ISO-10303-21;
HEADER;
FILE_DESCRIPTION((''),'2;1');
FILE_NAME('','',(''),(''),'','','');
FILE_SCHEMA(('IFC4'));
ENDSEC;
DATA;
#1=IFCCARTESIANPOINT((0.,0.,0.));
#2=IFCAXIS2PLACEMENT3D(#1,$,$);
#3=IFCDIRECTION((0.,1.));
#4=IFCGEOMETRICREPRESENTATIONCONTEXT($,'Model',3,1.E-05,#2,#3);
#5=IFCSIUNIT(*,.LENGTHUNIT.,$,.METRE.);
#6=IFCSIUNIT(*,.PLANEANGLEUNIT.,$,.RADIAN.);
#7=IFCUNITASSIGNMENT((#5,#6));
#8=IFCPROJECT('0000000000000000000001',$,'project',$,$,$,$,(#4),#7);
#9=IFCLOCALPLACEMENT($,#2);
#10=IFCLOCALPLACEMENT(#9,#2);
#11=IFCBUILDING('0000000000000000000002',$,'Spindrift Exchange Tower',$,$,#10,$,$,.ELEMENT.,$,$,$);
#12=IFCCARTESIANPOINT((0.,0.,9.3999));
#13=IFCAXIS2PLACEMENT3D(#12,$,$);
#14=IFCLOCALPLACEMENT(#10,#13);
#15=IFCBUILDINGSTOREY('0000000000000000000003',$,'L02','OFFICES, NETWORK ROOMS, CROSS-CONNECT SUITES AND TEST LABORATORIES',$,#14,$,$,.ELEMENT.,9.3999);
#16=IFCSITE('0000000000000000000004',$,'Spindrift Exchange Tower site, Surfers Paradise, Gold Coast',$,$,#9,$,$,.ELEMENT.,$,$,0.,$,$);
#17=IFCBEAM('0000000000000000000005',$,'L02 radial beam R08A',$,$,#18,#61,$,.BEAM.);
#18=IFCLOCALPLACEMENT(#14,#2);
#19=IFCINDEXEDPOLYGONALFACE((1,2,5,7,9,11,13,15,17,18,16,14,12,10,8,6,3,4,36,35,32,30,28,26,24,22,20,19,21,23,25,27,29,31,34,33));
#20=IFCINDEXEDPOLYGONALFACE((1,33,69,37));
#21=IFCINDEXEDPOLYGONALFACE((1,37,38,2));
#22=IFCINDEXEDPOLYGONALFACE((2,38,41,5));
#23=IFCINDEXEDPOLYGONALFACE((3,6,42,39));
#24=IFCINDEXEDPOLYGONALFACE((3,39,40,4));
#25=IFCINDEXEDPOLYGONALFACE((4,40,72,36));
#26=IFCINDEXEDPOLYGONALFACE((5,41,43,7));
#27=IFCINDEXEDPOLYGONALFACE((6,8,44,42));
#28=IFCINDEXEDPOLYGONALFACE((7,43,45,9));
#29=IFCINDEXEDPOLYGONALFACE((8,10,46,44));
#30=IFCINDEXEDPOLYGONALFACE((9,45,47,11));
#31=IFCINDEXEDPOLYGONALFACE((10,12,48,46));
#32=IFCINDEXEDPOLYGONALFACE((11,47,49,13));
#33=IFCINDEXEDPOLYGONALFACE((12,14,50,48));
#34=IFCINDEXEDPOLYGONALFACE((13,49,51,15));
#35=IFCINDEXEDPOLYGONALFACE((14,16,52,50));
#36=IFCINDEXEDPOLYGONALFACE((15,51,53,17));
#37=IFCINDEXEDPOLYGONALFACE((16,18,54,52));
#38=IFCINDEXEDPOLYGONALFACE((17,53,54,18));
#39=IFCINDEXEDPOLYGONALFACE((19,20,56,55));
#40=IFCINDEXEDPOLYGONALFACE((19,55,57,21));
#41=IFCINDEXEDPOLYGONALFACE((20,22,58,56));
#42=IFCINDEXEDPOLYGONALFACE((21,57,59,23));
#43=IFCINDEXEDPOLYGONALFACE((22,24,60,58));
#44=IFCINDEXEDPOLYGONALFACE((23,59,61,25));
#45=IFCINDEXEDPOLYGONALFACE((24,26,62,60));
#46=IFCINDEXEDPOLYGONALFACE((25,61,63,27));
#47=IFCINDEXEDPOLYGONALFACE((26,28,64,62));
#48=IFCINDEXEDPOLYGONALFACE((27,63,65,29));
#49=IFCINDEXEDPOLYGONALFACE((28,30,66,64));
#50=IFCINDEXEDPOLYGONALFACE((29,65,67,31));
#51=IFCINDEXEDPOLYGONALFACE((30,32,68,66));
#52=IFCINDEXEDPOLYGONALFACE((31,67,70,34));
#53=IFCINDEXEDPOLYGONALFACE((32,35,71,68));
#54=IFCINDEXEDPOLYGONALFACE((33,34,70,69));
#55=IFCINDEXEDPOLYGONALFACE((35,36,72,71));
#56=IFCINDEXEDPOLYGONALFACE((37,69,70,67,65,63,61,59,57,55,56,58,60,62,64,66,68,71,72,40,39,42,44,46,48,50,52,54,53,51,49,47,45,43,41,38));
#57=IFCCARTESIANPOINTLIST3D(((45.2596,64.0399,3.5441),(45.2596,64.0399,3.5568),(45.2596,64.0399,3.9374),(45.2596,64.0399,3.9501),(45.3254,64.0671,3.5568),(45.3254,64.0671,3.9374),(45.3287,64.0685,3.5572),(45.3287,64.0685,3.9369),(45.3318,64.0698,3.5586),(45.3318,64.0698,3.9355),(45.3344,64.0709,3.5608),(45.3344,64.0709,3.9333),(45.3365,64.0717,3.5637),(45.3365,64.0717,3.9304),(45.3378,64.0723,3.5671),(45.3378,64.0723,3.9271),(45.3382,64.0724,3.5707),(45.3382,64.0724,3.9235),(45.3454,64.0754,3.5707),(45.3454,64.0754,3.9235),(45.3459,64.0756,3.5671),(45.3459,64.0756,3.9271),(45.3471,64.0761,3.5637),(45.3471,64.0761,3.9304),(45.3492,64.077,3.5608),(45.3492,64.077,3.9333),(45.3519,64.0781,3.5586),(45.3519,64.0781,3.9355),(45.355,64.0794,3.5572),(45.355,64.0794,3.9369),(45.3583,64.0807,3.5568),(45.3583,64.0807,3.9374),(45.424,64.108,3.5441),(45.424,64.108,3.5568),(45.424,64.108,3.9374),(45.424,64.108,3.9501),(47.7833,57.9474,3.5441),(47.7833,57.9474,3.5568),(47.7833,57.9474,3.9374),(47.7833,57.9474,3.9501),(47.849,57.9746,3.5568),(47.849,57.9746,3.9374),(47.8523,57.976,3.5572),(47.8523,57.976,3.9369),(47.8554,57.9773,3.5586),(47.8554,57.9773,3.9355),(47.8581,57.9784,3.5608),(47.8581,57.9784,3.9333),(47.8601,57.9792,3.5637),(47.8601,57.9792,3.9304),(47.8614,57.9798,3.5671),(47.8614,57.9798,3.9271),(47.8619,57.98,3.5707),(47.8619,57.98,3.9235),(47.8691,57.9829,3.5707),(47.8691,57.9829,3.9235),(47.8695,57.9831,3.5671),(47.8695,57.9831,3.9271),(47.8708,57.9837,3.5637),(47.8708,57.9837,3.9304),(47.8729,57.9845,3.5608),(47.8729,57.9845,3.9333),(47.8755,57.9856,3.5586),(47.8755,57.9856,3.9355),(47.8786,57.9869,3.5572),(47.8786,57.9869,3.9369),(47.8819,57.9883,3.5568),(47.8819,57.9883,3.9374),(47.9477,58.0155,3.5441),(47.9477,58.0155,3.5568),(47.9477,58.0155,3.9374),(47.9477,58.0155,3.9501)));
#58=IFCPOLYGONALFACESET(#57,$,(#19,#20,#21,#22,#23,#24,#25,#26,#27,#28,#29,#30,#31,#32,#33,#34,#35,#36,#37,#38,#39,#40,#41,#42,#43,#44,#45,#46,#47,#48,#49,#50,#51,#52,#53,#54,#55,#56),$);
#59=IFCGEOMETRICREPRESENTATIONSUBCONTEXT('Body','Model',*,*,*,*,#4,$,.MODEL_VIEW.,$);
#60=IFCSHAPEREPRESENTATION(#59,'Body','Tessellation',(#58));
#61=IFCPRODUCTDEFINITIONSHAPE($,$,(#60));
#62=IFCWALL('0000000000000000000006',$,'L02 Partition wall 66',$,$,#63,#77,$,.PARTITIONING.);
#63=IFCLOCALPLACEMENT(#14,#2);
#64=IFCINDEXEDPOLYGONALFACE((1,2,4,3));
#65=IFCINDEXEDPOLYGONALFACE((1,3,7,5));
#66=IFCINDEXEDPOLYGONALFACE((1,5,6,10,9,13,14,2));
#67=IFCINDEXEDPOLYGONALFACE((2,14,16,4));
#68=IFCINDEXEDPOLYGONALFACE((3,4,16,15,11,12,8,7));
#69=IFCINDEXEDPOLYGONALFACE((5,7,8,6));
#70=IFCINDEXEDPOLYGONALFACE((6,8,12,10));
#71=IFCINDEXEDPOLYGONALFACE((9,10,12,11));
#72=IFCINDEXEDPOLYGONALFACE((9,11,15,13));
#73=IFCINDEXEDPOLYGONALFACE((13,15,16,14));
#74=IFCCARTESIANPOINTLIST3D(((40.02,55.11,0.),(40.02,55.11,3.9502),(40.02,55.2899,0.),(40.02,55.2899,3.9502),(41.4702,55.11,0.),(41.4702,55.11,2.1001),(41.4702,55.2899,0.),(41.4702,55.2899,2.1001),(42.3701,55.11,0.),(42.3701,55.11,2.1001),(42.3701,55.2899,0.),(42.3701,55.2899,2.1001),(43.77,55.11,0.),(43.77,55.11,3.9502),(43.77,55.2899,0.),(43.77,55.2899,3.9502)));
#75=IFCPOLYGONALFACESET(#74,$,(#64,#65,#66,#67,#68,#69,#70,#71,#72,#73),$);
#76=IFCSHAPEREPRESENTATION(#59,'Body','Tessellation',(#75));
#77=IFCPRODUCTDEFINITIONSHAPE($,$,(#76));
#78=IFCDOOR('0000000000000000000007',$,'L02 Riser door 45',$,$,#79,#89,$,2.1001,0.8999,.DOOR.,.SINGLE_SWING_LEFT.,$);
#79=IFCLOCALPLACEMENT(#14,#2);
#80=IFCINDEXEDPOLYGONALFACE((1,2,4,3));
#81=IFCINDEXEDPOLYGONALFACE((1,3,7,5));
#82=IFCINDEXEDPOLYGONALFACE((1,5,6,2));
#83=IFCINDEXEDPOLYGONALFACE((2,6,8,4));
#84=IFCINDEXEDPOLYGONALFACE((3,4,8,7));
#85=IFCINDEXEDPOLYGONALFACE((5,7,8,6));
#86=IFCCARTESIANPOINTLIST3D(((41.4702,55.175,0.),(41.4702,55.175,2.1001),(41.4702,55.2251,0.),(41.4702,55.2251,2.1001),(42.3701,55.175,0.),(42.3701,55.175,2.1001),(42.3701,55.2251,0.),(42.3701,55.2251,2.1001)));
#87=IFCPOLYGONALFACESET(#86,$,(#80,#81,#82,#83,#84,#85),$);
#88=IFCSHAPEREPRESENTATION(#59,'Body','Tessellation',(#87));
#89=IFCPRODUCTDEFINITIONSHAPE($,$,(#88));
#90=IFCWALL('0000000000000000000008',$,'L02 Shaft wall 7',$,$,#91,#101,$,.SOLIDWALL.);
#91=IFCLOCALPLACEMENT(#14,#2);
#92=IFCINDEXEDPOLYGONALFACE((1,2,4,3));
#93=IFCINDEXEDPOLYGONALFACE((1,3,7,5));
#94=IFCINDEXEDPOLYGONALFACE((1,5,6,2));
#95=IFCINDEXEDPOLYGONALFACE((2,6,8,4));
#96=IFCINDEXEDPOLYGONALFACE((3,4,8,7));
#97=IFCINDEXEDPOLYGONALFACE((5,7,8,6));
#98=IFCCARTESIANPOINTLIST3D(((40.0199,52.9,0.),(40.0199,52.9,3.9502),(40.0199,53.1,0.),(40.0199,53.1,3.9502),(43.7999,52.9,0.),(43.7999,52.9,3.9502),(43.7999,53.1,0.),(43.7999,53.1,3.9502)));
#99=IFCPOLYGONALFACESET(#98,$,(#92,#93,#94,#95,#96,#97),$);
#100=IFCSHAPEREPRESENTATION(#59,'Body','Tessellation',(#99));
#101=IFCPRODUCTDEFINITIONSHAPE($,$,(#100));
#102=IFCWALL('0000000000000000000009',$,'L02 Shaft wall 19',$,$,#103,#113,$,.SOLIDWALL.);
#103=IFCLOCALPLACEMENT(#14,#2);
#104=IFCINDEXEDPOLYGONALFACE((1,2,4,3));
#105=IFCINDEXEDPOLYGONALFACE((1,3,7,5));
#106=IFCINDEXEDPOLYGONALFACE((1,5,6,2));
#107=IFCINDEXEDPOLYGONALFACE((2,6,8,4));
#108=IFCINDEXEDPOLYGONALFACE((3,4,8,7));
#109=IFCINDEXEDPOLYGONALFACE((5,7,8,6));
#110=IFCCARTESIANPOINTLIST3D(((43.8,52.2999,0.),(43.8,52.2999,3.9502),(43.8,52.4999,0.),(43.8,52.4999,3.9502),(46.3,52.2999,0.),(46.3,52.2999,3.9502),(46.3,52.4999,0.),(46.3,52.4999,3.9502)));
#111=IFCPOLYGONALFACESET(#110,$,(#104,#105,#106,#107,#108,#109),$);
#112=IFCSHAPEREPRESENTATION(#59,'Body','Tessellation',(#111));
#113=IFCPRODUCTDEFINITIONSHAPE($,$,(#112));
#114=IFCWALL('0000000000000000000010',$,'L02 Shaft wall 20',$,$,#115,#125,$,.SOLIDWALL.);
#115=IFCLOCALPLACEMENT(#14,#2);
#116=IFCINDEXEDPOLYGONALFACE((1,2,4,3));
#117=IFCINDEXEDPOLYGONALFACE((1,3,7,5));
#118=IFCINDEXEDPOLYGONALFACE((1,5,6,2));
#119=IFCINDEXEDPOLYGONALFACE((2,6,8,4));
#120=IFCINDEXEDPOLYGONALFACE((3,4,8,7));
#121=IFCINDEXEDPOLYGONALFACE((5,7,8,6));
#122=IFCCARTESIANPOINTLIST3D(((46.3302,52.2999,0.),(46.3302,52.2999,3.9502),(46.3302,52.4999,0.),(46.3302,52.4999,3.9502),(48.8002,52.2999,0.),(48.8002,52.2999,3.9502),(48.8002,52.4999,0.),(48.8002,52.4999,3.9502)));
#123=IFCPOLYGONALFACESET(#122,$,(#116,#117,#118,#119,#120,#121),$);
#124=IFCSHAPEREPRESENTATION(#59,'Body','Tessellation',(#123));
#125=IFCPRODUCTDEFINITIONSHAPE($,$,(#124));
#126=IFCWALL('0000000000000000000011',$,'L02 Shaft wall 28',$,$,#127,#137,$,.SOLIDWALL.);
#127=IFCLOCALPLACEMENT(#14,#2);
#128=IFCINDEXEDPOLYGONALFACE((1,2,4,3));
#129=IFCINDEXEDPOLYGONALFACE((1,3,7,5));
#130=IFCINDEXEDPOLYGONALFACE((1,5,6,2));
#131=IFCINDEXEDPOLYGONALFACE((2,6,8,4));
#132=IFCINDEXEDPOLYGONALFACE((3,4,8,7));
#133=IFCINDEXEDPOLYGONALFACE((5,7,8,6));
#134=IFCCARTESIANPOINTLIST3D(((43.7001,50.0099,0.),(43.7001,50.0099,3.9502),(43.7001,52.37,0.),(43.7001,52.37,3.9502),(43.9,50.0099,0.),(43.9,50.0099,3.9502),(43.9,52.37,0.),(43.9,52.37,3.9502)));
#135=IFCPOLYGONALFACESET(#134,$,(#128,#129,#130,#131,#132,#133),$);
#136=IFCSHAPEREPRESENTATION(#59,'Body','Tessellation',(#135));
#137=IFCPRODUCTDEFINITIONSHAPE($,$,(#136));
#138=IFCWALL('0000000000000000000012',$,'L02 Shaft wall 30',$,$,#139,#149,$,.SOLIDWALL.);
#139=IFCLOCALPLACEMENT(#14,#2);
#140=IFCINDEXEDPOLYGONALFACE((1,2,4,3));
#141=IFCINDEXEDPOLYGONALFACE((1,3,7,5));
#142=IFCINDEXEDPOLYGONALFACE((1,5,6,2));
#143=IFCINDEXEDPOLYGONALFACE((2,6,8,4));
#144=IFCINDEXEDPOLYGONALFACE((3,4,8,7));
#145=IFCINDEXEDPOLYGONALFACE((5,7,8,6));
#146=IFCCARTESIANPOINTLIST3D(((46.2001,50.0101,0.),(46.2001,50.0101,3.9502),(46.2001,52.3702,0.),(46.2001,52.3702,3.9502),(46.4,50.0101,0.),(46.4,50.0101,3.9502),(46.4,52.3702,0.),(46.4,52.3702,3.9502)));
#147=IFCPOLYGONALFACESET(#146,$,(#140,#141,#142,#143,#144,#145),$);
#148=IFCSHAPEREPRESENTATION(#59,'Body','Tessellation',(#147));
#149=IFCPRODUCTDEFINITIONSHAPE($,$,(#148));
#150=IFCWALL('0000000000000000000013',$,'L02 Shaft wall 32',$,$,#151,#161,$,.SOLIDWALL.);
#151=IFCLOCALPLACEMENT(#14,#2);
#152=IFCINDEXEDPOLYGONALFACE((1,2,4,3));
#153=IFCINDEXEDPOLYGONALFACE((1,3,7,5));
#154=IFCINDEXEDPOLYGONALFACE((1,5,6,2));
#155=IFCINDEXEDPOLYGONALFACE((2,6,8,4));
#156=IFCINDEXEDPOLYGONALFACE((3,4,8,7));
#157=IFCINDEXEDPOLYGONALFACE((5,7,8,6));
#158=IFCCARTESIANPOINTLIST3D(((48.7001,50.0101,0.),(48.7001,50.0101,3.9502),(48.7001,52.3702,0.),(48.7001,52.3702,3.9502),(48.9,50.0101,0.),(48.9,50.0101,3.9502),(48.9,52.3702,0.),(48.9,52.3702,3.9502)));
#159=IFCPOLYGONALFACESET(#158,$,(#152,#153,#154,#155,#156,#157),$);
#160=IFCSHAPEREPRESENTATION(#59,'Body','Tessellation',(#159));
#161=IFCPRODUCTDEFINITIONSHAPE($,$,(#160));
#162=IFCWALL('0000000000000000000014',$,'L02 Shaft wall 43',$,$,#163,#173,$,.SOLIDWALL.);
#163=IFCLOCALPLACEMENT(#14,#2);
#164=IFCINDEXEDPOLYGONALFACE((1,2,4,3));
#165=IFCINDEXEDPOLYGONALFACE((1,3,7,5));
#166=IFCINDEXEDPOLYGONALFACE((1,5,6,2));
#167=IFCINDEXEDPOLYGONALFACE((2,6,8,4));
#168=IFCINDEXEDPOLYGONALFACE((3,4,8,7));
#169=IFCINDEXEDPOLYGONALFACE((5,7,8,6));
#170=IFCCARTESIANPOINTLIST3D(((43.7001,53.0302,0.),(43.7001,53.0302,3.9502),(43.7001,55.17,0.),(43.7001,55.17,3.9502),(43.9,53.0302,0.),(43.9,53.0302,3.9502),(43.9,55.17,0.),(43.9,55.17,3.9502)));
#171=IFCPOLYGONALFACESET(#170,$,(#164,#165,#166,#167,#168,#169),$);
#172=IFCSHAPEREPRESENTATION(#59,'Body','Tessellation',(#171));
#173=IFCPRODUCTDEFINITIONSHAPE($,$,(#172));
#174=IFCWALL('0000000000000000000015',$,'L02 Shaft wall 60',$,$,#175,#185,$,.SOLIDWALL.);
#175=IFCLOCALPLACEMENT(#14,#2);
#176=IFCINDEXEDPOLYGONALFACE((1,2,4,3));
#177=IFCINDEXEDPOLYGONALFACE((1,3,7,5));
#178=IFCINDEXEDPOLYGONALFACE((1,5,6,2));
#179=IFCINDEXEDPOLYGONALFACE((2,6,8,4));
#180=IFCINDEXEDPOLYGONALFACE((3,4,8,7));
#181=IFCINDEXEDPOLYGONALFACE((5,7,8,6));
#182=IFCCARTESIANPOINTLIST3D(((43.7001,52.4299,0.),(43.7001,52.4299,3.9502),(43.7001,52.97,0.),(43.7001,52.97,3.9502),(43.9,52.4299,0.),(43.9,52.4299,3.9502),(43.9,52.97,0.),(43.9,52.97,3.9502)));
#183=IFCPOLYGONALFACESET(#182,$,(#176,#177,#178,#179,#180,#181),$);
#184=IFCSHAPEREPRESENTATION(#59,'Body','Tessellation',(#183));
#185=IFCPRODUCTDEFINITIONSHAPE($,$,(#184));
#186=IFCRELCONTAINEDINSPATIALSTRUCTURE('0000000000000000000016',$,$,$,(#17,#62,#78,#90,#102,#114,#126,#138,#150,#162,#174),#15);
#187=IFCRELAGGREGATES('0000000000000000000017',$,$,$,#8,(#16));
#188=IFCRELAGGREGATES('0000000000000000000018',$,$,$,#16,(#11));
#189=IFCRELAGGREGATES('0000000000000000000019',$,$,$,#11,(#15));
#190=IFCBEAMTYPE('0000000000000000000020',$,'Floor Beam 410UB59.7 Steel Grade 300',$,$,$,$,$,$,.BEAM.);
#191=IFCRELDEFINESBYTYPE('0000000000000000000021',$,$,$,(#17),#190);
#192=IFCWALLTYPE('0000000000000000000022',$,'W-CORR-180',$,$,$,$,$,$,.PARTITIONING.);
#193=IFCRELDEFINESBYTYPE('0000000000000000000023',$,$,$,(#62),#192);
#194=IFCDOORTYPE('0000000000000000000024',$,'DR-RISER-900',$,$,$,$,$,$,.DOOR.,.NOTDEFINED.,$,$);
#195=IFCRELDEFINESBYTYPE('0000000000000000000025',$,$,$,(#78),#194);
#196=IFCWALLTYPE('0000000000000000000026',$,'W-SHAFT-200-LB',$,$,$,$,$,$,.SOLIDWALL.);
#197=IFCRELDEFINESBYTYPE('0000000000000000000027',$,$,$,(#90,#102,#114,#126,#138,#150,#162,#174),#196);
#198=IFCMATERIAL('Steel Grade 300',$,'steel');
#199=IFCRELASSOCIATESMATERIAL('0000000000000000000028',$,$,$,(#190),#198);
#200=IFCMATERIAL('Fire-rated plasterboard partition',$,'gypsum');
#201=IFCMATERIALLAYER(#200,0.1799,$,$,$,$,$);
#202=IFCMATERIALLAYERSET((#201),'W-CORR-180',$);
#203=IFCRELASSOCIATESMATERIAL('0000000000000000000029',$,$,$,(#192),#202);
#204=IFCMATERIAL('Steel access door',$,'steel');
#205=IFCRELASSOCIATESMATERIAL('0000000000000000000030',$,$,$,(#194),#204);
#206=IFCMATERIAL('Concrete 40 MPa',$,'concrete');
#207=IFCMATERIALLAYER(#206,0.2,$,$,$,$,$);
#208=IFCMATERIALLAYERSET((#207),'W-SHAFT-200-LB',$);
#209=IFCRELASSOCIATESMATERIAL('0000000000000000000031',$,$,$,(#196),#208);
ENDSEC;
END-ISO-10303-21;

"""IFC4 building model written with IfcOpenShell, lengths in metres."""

from ifc_helpers import new_model, si_unit, direction, frame, frame_2d, origin, origin_2d, place, context, subcontext, project, spatial, rectangle, i_section, extrude, source, transform, mapped, material, layer, layer_set, material_profile, profile_set, type_object, element, fill, save


model = new_model("IFC4")

# Units and contexts
model_context = context("Model", 3, precision=1e-05, world=origin(), true_north=direction((0.0, 1.0)))
body_context = subcontext(model_context, "Body", "Model", "MODEL_VIEW")
ifc_project = project(units=[si_unit("LENGTHUNIT", "METRE"), si_unit("PLANEANGLEUNIT", "RADIAN")], contexts=[model_context])

# Site, building, storey
site_placement = place(None, origin())
site = spatial("IfcSite", under=ifc_project, at=site_placement, Name="Spindrift Exchange Tower site, Surfers Paradise, Gold Coast", CompositionType="ELEMENT", RefElevation=0.0)
building_placement = place(site_placement, origin())
building = spatial("IfcBuilding", under=site, at=building_placement, Name="Spindrift Exchange Tower", CompositionType="ELEMENT")
storey_placement = place(building_placement, frame((0.0, 0.0, 9.3999)))
storey = spatial("IfcBuildingStorey", under=building, at=storey_placement, Name="L02", Description="OFFICES, NETWORK ROOMS, CROSS-CONNECT SUITES AND TEST LABORATORIES", CompositionType="ELEMENT", Elevation=9.3999)

# Beam
ifc_material_1 = material(Name="Steel Grade 300", Category="steel")
ifc_material_profile = material_profile(ifc_material_1, i_section(OverallWidth=0.178, OverallDepth=0.406, WebThickness=0.0078, FlangeThickness=0.0127, FilletRadius=0.0139, at=origin_2d()), Name="410UB59.7")
ifc_profile_set = profile_set([ifc_material_profile], Name="Steel Grade 300")
beam_type = type_object("IfcBeamType", Name="Floor Beam 410UB59.7 Steel Grade 300", PredefinedType="BEAM", material=ifc_profile_set)
shared_shape_1 = source(origin(), body_context, "Body", "SweptSolid", [
    extrude(i_section(OverallWidth=0.178, OverallDepth=0.406, WebThickness=0.0078, FlangeThickness=0.0127, FilletRadius=0.0139, at=origin_2d()), origin(), (0.0, 0.0, 1.0), 6.5945),
])
beam_placement = place(storey_placement, frame((47.8655, 57.9814, 3.7471), z_axis=(-0.382693, 0.923876, 0.0), x_axis=(-0.923876, -0.382693, 0.0)))
element("IfcBeam", 1, at=beam_placement, inside=storey, type_object=beam_type, Name="L02 radial beam R08A", PredefinedType="BEAM", context=body_context, shape_type="MappedRepresentation", body=[
    mapped(shared_shape_1, transform((0.0, 0.0, 0.0), scale=1.0)),
])

# Wall, opening, door
ifc_material_2 = material(Name="Fire-rated plasterboard partition", Category="gypsum")
ifc_layer_1 = layer(ifc_material_2, 0.1799)
ifc_layer_set_1 = layer_set([ifc_layer_1], Name="W-CORR-180")
wall_type_1 = type_object("IfcWallType", Name="W-CORR-180", PredefinedType="PARTITIONING", material=ifc_layer_set_1)
wall_1_placement = place(storey_placement, frame((43.77, 55.2, 0.0), z_axis=(0.0, 0.0, 1.0), x_axis=(-1.0, 0.0, 0.0)))
wall_1 = element("IfcWall", 2, at=wall_1_placement, inside=storey, type_object=wall_type_1, Name="L02 Partition wall 66", PredefinedType="PARTITIONING", context=body_context, shape_type="SweptSolid", body=[
    extrude(rectangle(XDim=3.75, YDim=0.1799, at=frame_2d((1.875, 0.0))), origin(), (0.0, 0.0, 1.0), 3.9502),
])
opening_placement = place(wall_1_placement, frame((1.3999, 0.0, 0.0)))
opening = element("IfcOpeningElement", 3, at=opening_placement, cuts=wall_1, PredefinedType="OPENING", context=body_context, shape_type="SweptSolid", body=[
    extrude(rectangle(XDim=0.8999, YDim=2.1001, at=frame_2d((0.45, 1.05))), frame((0.0, 0.0999, 0.0), z_axis=(0.0, -1.0, 0.0), x_axis=(1.0, 0.0, 0.0)), (0.0, 0.0, 1.0), 0.2),
])
ifc_material_3 = material(Name="Steel access door", Category="steel")
door_type = type_object("IfcDoorType", Name="DR-RISER-900", OperationType="NOTDEFINED", PredefinedType="DOOR", material=ifc_material_3)
shared_shape_2 = source(origin(), body_context, "Body", "SweptSolid", [
    extrude(rectangle(XDim=0.8999, YDim=2.1001, at=frame_2d((0.45, 1.05))), frame((0.0, 0.0249, 0.0), z_axis=(0.0, -1.0, 0.0), x_axis=(1.0, 0.0, 0.0)), (0.0, 0.0, 1.0), 0.05),
])
door_placement = place(opening_placement, origin())
door = element("IfcDoor", 4, at=door_placement, inside=storey, type_object=door_type, Name="L02 Riser door 45", OperationType="SINGLE_SWING_LEFT", OverallHeight=2.1001, OverallWidth=0.8999, PredefinedType="DOOR", context=body_context, shape_type="MappedRepresentation", body=[
    mapped(shared_shape_2, transform((0.0, 0.0, 0.0), scale=1.0)),
])
fill(opening, door)

# Walls
ifc_material_4 = material(Name="Concrete 40 MPa", Category="concrete")
ifc_layer_2 = layer(ifc_material_4, 0.2)
ifc_layer_set_2 = layer_set([ifc_layer_2], Name="W-SHAFT-200-LB")
wall_type_2 = type_object("IfcWallType", Name="W-SHAFT-200-LB", PredefinedType="SOLIDWALL", material=ifc_layer_set_2)
wall_2_placement = place(storey_placement, frame((43.8, 53.0, 0.0), z_axis=(0.0, 0.0, 1.0), x_axis=(-1.0, 0.0, 0.0)))
element("IfcWall", 5, at=wall_2_placement, inside=storey, type_object=wall_type_2, Name="L02 Shaft wall 7", PredefinedType="SOLIDWALL", context=body_context, shape_type="SweptSolid", body=[
    extrude(rectangle(XDim=3.78, YDim=0.2, at=frame_2d((1.8901, 0.0))), origin(), (0.0, 0.0, 1.0), 3.9502),
])
wall_3_placement = place(storey_placement, frame((46.3, 52.3999, 0.0), z_axis=(0.0, 0.0, 1.0), x_axis=(-1.0, 0.0, 0.0)))
element("IfcWall", 6, at=wall_3_placement, inside=storey, type_object=wall_type_2, Name="L02 Shaft wall 19", PredefinedType="SOLIDWALL", context=body_context, shape_type="SweptSolid", body=[
    extrude(rectangle(XDim=2.5, YDim=0.2, at=frame_2d((1.25, 0.0))), origin(), (0.0, 0.0, 1.0), 3.9502),
])
wall_4_placement = place(storey_placement, frame((48.8, 52.3999, 0.0), z_axis=(0.0, 0.0, 1.0), x_axis=(-1.0, 0.0, 0.0)))
element("IfcWall", 7, at=wall_4_placement, inside=storey, type_object=wall_type_2, Name="L02 Shaft wall 20", PredefinedType="SOLIDWALL", context=body_context, shape_type="SweptSolid", body=[
    extrude(rectangle(XDim=2.47, YDim=0.2, at=frame_2d((1.2349, 0.0))), origin(), (0.0, 0.0, 1.0), 3.9502),
])
for number, where, z_axis, x_axis, name in (
    (8, (43.8, 52.3701, 0.0), (0.0, 0.0, 1.0), (0.0, -1.0, 0.0), "L02 Shaft wall 28"),
    (9, (46.3, 50.01, 0.0), (0.0, 0.0, 1.0), (0.0, 1.0, 0.0), "L02 Shaft wall 30"),
    (10, (48.8, 50.01, 0.0), (0.0, 0.0, 1.0), (0.0, 1.0, 0.0), "L02 Shaft wall 32"),
):
    element("IfcWall", number, at=place(storey_placement, frame(where, z_axis=z_axis, x_axis=x_axis)), inside=storey, type_object=wall_type_2, Name=name, PredefinedType="SOLIDWALL", context=body_context, shape_type="SweptSolid", body=[
        extrude(rectangle(XDim=2.3601, YDim=0.2, at=frame_2d((1.1802, 0.0))), origin(), (0.0, 0.0, 1.0), 3.9502),
    ])
wall_5_placement = place(storey_placement, frame((43.8, 55.1699, 0.0), z_axis=(0.0, 0.0, 1.0), x_axis=(0.0, -1.0, 0.0)))
element("IfcWall", 11, at=wall_5_placement, inside=storey, type_object=wall_type_2, Name="L02 Shaft wall 43", PredefinedType="SOLIDWALL", context=body_context, shape_type="SweptSolid", body=[
    extrude(rectangle(XDim=2.1399, YDim=0.2, at=frame_2d((1.0698, 0.0))), origin(), (0.0, 0.0, 1.0), 3.9502),
])
wall_6_placement = place(storey_placement, frame((43.8, 52.4299, 0.0), z_axis=(0.0, 0.0, 1.0), x_axis=(0.0, 1.0, 0.0)))
element("IfcWall", 12, at=wall_6_placement, inside=storey, type_object=wall_type_2, Name="L02 Shaft wall 60", PredefinedType="SOLIDWALL", context=body_context, shape_type="SweptSolid", body=[
    extrude(rectangle(XDim=0.54, YDim=0.2, at=frame_2d((0.27, 0.0))), origin(), (0.0, 0.0, 1.0), 3.9502),
])

save(model, "model.ifc")
